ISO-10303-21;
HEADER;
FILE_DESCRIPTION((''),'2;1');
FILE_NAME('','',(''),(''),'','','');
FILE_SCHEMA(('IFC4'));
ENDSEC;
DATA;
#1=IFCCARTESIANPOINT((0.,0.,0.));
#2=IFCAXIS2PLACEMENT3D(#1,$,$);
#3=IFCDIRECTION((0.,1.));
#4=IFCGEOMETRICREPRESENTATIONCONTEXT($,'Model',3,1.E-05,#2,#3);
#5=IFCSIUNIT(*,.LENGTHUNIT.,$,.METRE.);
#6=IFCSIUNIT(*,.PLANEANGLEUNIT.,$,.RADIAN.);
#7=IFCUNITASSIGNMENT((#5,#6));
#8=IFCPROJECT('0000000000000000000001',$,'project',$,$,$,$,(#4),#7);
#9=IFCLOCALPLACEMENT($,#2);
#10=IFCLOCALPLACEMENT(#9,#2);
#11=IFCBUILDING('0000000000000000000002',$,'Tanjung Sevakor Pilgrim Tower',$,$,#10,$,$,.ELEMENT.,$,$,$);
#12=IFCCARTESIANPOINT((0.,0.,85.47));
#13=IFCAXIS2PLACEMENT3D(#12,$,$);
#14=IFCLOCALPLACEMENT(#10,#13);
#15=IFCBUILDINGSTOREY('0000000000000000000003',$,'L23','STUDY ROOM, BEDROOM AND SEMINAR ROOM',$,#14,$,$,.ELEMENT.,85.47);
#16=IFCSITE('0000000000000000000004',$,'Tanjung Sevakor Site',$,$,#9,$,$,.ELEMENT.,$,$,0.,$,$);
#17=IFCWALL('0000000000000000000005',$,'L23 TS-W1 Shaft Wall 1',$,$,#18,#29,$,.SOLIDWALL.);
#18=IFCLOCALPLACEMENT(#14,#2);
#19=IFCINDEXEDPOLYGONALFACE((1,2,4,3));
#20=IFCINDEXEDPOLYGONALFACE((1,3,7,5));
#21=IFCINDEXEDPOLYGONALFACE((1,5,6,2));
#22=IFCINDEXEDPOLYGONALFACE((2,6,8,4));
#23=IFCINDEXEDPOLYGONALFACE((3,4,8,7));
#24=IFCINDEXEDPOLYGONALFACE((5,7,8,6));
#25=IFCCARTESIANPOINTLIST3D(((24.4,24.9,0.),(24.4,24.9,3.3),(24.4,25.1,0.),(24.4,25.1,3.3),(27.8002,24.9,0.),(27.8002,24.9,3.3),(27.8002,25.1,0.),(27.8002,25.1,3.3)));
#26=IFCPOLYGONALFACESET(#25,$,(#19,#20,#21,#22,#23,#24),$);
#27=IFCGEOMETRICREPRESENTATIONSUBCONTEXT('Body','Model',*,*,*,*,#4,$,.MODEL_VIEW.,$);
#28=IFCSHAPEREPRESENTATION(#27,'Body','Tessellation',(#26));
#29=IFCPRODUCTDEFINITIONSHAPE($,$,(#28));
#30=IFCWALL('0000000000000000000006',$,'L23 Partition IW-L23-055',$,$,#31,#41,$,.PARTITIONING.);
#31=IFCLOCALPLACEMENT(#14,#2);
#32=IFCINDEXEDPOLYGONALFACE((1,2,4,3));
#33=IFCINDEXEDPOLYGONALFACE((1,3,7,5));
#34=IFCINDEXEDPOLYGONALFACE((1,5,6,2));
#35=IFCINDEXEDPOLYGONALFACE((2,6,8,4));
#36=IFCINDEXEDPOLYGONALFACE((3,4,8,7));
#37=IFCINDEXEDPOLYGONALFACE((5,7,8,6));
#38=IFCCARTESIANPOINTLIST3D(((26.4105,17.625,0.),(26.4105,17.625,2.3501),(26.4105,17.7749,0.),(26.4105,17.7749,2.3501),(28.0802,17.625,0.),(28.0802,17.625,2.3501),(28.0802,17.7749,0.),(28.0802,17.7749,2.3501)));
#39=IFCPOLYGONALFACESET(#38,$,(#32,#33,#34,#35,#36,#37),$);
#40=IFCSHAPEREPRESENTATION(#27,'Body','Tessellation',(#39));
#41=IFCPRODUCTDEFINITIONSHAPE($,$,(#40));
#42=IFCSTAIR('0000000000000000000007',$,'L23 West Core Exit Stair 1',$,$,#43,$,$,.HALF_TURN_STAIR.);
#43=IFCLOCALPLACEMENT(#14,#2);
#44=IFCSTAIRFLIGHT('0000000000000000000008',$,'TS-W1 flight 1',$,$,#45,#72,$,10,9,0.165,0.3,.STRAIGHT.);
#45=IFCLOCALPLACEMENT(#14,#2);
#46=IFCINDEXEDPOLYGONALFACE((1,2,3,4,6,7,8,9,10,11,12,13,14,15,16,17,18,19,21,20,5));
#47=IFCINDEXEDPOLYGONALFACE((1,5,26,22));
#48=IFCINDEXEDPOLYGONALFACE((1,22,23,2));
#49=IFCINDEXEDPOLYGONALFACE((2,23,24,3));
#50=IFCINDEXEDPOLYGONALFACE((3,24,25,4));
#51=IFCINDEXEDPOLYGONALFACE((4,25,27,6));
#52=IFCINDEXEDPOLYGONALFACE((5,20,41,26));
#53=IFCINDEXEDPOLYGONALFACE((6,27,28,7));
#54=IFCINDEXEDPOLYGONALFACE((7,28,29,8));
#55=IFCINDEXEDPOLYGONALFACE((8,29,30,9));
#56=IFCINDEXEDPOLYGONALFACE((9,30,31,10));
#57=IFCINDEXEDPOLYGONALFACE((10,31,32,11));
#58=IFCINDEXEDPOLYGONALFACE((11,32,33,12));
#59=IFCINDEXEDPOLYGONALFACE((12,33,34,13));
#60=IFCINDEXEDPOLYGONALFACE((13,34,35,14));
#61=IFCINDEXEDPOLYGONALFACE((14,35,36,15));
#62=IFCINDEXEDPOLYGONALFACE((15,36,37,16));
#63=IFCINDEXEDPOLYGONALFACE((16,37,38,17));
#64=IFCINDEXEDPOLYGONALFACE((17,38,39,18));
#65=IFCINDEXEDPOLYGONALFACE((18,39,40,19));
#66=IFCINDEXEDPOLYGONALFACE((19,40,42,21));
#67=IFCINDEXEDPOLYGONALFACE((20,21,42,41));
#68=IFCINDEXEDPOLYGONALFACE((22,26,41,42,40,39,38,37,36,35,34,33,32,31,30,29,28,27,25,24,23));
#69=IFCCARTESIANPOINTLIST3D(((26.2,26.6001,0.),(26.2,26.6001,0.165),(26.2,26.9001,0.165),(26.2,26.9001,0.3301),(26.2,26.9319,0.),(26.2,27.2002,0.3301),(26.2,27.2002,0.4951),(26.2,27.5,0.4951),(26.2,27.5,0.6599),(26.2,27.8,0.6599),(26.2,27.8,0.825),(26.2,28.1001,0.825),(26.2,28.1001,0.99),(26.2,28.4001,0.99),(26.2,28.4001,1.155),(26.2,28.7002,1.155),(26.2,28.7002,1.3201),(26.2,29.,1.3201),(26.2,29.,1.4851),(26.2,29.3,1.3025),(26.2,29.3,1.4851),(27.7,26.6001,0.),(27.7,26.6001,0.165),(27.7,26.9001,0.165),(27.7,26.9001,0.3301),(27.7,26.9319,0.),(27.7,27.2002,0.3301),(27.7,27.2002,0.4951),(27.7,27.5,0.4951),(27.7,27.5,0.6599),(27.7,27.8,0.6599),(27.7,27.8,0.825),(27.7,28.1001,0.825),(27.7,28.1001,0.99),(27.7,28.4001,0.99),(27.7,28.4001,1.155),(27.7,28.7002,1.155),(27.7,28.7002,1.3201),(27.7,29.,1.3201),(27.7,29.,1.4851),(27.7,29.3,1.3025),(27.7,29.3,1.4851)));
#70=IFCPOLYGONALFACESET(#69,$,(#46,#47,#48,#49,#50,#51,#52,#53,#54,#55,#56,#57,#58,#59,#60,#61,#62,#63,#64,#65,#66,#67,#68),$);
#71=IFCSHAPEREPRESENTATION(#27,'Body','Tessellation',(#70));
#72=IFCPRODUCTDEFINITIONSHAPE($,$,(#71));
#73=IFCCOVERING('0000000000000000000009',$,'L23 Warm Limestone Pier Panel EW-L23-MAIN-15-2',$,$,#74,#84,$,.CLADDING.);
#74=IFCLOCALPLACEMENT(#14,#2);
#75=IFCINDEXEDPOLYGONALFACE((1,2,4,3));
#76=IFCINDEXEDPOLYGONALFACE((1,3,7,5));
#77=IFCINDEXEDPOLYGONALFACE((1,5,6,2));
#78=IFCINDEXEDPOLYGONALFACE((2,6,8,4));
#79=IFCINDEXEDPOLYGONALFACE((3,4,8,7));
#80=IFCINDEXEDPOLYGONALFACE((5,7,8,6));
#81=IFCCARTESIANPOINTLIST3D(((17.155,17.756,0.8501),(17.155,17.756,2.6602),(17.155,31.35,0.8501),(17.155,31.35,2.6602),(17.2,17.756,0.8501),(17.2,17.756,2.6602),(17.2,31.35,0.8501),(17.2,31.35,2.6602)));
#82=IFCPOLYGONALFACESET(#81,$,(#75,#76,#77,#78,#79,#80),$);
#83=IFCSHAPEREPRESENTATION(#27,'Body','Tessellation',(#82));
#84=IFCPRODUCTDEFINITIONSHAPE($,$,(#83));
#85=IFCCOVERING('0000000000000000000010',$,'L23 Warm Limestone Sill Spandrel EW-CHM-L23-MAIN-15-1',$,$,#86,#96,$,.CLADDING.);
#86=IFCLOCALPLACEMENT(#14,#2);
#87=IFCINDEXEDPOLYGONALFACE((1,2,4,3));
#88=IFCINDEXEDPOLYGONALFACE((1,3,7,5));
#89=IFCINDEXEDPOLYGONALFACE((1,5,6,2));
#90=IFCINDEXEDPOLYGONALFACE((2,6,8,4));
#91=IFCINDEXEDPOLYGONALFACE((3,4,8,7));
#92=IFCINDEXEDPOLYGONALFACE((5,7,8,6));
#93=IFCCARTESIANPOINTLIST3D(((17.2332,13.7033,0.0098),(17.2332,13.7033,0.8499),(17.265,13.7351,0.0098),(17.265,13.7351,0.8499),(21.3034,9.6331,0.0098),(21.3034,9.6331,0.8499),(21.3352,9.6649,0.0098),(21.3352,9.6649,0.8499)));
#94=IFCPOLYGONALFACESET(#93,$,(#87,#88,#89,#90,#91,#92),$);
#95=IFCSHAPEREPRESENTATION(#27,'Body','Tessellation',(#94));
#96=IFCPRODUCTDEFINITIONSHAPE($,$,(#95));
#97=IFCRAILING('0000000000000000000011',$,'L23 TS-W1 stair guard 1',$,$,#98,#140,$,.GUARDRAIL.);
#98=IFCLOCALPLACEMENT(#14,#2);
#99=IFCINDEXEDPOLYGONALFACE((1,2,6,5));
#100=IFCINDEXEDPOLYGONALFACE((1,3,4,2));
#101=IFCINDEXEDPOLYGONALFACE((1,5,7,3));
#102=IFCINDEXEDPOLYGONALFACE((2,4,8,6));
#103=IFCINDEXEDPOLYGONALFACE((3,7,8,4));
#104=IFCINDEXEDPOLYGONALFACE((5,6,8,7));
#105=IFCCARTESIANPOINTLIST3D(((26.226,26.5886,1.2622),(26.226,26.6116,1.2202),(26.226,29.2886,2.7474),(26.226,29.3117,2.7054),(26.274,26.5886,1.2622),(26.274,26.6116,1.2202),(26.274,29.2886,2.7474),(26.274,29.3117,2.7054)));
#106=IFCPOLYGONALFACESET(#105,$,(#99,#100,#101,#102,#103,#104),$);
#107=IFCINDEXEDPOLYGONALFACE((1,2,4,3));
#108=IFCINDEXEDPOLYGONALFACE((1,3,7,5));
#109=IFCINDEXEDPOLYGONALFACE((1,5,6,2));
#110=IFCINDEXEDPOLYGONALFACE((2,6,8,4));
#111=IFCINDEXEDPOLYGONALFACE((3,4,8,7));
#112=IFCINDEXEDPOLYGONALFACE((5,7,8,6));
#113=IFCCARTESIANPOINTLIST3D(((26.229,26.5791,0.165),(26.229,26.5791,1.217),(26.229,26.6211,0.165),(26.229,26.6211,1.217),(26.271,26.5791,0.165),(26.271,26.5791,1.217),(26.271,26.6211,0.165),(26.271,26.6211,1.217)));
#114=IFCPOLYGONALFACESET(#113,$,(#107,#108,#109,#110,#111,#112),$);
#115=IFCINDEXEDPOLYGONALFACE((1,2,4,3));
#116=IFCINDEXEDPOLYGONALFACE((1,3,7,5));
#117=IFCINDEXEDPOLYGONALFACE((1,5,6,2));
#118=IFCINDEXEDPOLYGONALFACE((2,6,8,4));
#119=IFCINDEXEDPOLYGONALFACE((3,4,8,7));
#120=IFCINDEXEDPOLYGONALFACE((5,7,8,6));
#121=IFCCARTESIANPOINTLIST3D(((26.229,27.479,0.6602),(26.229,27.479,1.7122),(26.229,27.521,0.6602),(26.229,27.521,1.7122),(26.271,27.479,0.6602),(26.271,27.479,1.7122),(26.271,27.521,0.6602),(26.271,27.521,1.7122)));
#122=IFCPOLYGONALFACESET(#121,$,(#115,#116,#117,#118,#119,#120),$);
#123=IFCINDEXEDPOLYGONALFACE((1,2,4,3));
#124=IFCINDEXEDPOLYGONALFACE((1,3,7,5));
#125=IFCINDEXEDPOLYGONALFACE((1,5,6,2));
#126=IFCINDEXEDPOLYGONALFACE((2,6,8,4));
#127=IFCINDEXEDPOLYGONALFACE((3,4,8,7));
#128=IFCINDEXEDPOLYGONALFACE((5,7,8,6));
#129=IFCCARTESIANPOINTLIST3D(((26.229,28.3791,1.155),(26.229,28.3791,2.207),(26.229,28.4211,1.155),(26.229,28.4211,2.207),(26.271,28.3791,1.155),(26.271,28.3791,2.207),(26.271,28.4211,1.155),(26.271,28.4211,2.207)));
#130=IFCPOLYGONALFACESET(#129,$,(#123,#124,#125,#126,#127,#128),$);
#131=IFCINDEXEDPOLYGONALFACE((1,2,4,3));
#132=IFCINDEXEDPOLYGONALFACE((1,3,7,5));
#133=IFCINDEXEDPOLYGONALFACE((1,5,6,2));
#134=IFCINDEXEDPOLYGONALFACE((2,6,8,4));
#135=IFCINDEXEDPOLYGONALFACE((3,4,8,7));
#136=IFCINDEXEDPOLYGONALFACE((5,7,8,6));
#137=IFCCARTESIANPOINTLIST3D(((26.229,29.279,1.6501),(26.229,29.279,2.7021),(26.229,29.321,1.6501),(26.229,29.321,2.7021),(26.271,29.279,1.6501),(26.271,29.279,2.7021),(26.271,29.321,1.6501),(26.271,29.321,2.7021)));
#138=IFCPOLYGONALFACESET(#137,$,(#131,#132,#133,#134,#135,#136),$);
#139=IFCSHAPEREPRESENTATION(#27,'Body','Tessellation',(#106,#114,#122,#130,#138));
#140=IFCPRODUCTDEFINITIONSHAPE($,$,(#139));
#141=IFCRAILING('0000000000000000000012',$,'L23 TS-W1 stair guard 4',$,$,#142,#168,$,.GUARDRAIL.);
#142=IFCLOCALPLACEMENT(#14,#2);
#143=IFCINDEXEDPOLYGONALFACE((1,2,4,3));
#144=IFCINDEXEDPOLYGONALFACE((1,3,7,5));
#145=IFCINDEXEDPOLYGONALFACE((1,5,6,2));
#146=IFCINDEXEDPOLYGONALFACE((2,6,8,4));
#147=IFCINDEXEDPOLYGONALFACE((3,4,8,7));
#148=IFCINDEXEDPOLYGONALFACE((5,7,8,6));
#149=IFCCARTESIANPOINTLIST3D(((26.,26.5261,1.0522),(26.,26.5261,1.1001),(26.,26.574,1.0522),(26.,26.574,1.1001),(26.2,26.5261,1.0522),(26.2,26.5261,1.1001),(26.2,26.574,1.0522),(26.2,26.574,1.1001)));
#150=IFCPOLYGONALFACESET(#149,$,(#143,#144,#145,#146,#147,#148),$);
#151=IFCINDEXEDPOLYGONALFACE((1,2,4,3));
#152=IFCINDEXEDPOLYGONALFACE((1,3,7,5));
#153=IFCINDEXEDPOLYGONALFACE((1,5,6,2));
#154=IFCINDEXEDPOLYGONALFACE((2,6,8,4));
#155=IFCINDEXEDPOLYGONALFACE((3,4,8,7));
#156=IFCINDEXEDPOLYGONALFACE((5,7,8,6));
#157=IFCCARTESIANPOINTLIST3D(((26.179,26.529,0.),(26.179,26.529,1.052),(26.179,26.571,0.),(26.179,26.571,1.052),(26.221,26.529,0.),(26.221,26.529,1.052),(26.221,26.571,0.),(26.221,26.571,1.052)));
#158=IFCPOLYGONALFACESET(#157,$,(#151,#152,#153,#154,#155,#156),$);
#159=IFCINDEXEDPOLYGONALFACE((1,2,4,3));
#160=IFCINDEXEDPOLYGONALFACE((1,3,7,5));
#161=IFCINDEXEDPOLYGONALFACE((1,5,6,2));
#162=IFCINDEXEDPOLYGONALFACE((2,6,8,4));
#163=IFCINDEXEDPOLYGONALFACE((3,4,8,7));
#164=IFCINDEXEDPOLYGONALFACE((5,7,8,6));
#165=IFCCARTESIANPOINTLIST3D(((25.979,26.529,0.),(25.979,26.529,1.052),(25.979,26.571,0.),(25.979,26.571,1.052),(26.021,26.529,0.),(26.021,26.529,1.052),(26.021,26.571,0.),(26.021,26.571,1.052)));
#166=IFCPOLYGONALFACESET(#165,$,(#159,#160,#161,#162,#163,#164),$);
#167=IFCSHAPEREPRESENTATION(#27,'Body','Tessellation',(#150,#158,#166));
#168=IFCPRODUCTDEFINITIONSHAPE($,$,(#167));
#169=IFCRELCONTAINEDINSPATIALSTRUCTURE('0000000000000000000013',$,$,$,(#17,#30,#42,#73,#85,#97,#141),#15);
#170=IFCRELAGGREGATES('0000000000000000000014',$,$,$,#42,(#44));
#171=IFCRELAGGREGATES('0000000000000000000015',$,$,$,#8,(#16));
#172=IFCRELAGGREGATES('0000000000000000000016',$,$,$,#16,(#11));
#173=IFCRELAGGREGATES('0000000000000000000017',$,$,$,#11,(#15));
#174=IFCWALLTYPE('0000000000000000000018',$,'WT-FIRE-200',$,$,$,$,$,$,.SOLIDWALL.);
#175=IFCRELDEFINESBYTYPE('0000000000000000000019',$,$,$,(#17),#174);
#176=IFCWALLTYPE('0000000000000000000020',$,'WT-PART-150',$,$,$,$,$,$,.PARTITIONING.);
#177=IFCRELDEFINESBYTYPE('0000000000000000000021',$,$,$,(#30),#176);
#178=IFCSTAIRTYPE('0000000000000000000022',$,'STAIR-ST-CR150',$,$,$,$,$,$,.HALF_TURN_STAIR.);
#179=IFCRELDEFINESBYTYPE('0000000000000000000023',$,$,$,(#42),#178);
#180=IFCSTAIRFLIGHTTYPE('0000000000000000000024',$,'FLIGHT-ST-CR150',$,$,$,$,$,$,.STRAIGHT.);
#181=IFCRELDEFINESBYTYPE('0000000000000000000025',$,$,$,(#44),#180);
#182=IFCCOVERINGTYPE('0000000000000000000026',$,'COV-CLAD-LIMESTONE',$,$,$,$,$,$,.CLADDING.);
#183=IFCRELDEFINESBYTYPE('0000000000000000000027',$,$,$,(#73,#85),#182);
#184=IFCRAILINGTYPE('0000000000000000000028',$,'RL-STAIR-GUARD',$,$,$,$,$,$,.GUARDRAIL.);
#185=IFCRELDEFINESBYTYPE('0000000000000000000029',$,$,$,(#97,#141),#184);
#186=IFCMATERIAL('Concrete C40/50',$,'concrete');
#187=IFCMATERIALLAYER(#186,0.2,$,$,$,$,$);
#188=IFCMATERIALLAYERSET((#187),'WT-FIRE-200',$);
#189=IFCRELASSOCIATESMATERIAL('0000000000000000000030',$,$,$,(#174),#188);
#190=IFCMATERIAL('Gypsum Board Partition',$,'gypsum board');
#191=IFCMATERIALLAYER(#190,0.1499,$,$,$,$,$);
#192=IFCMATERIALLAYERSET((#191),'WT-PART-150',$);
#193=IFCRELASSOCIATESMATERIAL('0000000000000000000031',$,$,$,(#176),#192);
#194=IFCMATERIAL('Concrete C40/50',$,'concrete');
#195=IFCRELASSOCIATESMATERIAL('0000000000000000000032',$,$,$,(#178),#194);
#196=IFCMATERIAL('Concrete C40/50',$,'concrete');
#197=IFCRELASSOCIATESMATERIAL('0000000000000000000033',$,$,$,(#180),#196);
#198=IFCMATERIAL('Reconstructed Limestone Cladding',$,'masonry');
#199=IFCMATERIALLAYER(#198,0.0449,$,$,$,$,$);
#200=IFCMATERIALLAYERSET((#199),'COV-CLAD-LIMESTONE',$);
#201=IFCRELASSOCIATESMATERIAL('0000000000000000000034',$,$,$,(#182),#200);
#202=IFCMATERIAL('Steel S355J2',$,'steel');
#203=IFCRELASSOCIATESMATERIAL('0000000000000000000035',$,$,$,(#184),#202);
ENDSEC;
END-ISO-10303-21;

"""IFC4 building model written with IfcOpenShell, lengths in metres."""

from ifc_helpers import new_model, si_unit, direction, frame, frame_2d, origin, origin_2d, place, context, subcontext, project, spatial, polyline, rectangle, outline, extrude, material, layer, layer_set, type_object, element, aggregate, save


model = new_model("IFC4")

# Units and contexts
model_context = context("Model", 3, precision=1e-05, world=origin(), true_north=direction((0.0, 1.0)))
body_context = subcontext(model_context, "Body", "Model", "MODEL_VIEW")
ifc_project = project(units=[si_unit("LENGTHUNIT", "METRE"), si_unit("PLANEANGLEUNIT", "RADIAN")], contexts=[model_context])

# Site, building, storey
site_placement = place(None, origin())
site = spatial("IfcSite", under=ifc_project, at=site_placement, Name="Tanjung Sevakor Site", CompositionType="ELEMENT", RefElevation=0.0)
building_placement = place(site_placement, origin())
building = spatial("IfcBuilding", under=site, at=building_placement, Name="Tanjung Sevakor Pilgrim Tower", CompositionType="ELEMENT")
storey_placement = place(building_placement, frame((0.0, 0.0, 85.47)))
storey = spatial("IfcBuildingStorey", under=building, at=storey_placement, Name="L23", Description="STUDY ROOM, BEDROOM AND SEMINAR ROOM", CompositionType="ELEMENT", Elevation=85.47)

# Wall
ifc_material_1 = material(Name="Concrete C40/50", Category="concrete")
ifc_layer_1 = layer(ifc_material_1, 0.2)
ifc_layer_set_1 = layer_set([ifc_layer_1], Name="WT-FIRE-200")
wall_type_1 = type_object("IfcWallType", Name="WT-FIRE-200", PredefinedType="SOLIDWALL", material=ifc_layer_set_1)
wall_1_placement = place(storey_placement, frame((24.3999, 25.0, 0.0), z_axis=(0.0, 0.0, 1.0), x_axis=(1.0, 0.0, 0.0)))
element("IfcWall", 1, at=wall_1_placement, inside=storey, type_object=wall_type_1, Name="L23 TS-W1 Shaft Wall 1", PredefinedType="SOLIDWALL", context=body_context, shape_type="SweptSolid", body=[
    extrude(rectangle(XDim=3.4001, YDim=0.2, at=frame_2d((1.7002, 0.0))), origin(), (0.0, 0.0, 1.0), 3.3),
])

# Wall
ifc_material_2 = material(Name="Gypsum Board Partition", Category="gypsum board")
ifc_layer_2 = layer(ifc_material_2, 0.1499)
ifc_layer_set_2 = layer_set([ifc_layer_2], Name="WT-PART-150")
wall_type_2 = type_object("IfcWallType", Name="WT-PART-150", PredefinedType="PARTITIONING", material=ifc_layer_set_2)
wall_2_placement = place(storey_placement, frame((26.4104, 17.7, 0.0), z_axis=(0.0, 0.0, 1.0), x_axis=(1.0, 0.0, 0.0)))
element("IfcWall", 2, at=wall_2_placement, inside=storey, type_object=wall_type_2, Name="L23 Partition IW-L23-055", PredefinedType="PARTITIONING", context=body_context, shape_type="SweptSolid", body=[
    extrude(rectangle(XDim=1.6697, YDim=0.1499, at=frame_2d((0.835, 0.0))), origin(), (0.0, 0.0, 1.0), 2.3501),
])

# Stair, stair flight
ifc_material_3 = material(Name="Concrete C40/50", Category="concrete")
stair_type = type_object("IfcStairType", Name="STAIR-ST-CR150", PredefinedType="HALF_TURN_STAIR", material=ifc_material_3)
stair_placement = place(storey_placement, origin())
stair = element("IfcStair", 3, at=stair_placement, inside=storey, type_object=stair_type, Name="L23 West Core Exit Stair 1", PredefinedType="HALF_TURN_STAIR")
ifc_material_4 = material(Name="Concrete C40/50", Category="concrete")
stair_flight_type = type_object("IfcStairFlightType", Name="FLIGHT-ST-CR150", PredefinedType="STRAIGHT", material=ifc_material_4)
stair_flight_placement = place(storey_placement, frame((26.95, 26.6001, 0.0), z_axis=(0.0, 0.0, 1.0), x_axis=(0.0, 1.0, 0.0)))
stair_flight = element("IfcStairFlight", 4, at=stair_flight_placement, type_object=stair_flight_type, Name="TS-W1 flight 1", NumberOfRisers=10, NumberOfTreads=9, PredefinedType="STRAIGHT", RiserHeight=0.165, TreadLength=0.3, context=body_context, shape_type="SweptSolid", body=[
    extrude(outline(polyline([(0.0, 0.0), (0.0, 0.165), (0.3, 0.165), (0.3, 0.3301), (0.6001, 0.3301), (0.6001, 0.4951), (0.8999, 0.4951), (0.8999, 0.6599), (1.2, 0.6599), (1.2, 0.825), (1.5, 0.825), (1.5, 0.99), (1.8, 0.99), (1.8, 1.155), (2.1001, 1.155), (2.1001, 1.3201), (2.3999, 1.3201), (2.3999, 1.4851), (2.7, 1.4851), (2.7, 1.6499), (2.7, 1.3025), (0.3318, 0.0), (0.0, 0.0)])), frame((0.0, 0.75, 0.0), z_axis=(0.0, -1.0, 0.0), x_axis=(1.0, 0.0, 0.0)), (0.0, 0.0, 1.0), 1.5),
])
aggregate(stair, [stair_flight])

# Coverings
ifc_material_5 = material(Name="Reconstructed Limestone Cladding", Category="masonry")
ifc_layer_3 = layer(ifc_material_5, 0.0449)
ifc_layer_set_3 = layer_set([ifc_layer_3], Name="COV-CLAD-LIMESTONE")
covering_type = type_object("IfcCoveringType", Name="COV-CLAD-LIMESTONE", PredefinedType="CLADDING", material=ifc_layer_set_3)
covering_1_placement = place(storey_placement, frame((17.1775, 24.553, 0.8501), z_axis=(0.0, 0.0, 1.0), x_axis=(0.0, -1.0, 0.0)))
element("IfcCovering", 5, at=covering_1_placement, inside=storey, type_object=covering_type, Name="L23 Warm Limestone Pier Panel EW-L23-MAIN-15-2", PredefinedType="CLADDING", context=body_context, shape_type="SweptSolid", body=[
    extrude(rectangle(XDim=13.594, YDim=0.0449, at=origin_2d()), origin(), (0.0, 0.0, 1.0), 1.8101),
])
covering_2_placement = place(storey_placement, frame((19.2842, 11.6841, 0.0098), z_axis=(0.0, 0.0, 1.0), x_axis=(0.707107, -0.707107, 0.0)))
element("IfcCovering", 6, at=covering_2_placement, inside=storey, type_object=covering_type, Name="L23 Warm Limestone Sill Spandrel EW-CHM-L23-MAIN-15-1", PredefinedType="CLADDING", context=body_context, shape_type="SweptSolid", body=[
    extrude(rectangle(XDim=5.7561, YDim=0.0449, at=origin_2d()), origin(), (0.0, 0.0, 1.0), 0.8401),
])

# Railings
ifc_material_6 = material(Name="Steel S355J2", Category="steel")
railing_type_1 = type_object("IfcRailingType", Name="RL-STAIR-GUARD", PredefinedType="GUARDRAIL", material=ifc_material_6)
railing_1_placement = place(storey_placement, frame((26.25, 26.6001, 0.165)))
element("IfcRailing", 7, at=railing_1_placement, inside=storey, type_object=railing_type_1, Name="L23 TS-W1 stair guard 1", PredefinedType="GUARDRAIL", context=body_context, shape_type="SweptSolid", body=[
    extrude(rectangle(XDim=0.0479, YDim=0.0479), frame((0.0, 0.0, 1.0762), z_axis=(0.0, 0.876198, 0.481952), x_axis=(-1.0, 0.0, 0.0)), (0.0, 0.0, 1.0), 3.0815),
    extrude(rectangle(XDim=0.042, YDim=0.042), origin(), (0.0, 0.0, 1.0), 1.052),
    extrude(rectangle(XDim=0.042, YDim=0.042), frame((0.0, 0.8999, 0.4951)), (0.0, 0.0, 1.0), 1.052),
    extrude(rectangle(XDim=0.042, YDim=0.042), frame((0.0, 1.8, 0.99)), (0.0, 0.0, 1.0), 1.052),
    extrude(rectangle(XDim=0.042, YDim=0.042), frame((0.0, 2.7, 1.4851)), (0.0, 0.0, 1.0), 1.052),
])
railing_2_placement = place(storey_placement, frame((26.2, 26.55, 0.0)))
element("IfcRailing", 8, at=railing_2_placement, inside=storey, type_object=railing_type_1, Name="L23 TS-W1 stair guard 4", PredefinedType="GUARDRAIL", context=body_context, shape_type="SweptSolid", body=[
    extrude(rectangle(XDim=0.0479, YDim=0.0479), frame((0.0, 0.0, 1.0762), z_axis=(-1.0, 0.0, 0.0), x_axis=(0.0, -1.0, 0.0)), (0.0, 0.0, 1.0), 0.2),
    extrude(rectangle(XDim=0.042, YDim=0.042), origin(), (0.0, 0.0, 1.0), 1.052),
    extrude(rectangle(XDim=0.042, YDim=0.042), frame((-0.2, 0.0, 0.0)), (0.0, 0.0, 1.0), 1.052),
])

save(model, "model.ifc")
